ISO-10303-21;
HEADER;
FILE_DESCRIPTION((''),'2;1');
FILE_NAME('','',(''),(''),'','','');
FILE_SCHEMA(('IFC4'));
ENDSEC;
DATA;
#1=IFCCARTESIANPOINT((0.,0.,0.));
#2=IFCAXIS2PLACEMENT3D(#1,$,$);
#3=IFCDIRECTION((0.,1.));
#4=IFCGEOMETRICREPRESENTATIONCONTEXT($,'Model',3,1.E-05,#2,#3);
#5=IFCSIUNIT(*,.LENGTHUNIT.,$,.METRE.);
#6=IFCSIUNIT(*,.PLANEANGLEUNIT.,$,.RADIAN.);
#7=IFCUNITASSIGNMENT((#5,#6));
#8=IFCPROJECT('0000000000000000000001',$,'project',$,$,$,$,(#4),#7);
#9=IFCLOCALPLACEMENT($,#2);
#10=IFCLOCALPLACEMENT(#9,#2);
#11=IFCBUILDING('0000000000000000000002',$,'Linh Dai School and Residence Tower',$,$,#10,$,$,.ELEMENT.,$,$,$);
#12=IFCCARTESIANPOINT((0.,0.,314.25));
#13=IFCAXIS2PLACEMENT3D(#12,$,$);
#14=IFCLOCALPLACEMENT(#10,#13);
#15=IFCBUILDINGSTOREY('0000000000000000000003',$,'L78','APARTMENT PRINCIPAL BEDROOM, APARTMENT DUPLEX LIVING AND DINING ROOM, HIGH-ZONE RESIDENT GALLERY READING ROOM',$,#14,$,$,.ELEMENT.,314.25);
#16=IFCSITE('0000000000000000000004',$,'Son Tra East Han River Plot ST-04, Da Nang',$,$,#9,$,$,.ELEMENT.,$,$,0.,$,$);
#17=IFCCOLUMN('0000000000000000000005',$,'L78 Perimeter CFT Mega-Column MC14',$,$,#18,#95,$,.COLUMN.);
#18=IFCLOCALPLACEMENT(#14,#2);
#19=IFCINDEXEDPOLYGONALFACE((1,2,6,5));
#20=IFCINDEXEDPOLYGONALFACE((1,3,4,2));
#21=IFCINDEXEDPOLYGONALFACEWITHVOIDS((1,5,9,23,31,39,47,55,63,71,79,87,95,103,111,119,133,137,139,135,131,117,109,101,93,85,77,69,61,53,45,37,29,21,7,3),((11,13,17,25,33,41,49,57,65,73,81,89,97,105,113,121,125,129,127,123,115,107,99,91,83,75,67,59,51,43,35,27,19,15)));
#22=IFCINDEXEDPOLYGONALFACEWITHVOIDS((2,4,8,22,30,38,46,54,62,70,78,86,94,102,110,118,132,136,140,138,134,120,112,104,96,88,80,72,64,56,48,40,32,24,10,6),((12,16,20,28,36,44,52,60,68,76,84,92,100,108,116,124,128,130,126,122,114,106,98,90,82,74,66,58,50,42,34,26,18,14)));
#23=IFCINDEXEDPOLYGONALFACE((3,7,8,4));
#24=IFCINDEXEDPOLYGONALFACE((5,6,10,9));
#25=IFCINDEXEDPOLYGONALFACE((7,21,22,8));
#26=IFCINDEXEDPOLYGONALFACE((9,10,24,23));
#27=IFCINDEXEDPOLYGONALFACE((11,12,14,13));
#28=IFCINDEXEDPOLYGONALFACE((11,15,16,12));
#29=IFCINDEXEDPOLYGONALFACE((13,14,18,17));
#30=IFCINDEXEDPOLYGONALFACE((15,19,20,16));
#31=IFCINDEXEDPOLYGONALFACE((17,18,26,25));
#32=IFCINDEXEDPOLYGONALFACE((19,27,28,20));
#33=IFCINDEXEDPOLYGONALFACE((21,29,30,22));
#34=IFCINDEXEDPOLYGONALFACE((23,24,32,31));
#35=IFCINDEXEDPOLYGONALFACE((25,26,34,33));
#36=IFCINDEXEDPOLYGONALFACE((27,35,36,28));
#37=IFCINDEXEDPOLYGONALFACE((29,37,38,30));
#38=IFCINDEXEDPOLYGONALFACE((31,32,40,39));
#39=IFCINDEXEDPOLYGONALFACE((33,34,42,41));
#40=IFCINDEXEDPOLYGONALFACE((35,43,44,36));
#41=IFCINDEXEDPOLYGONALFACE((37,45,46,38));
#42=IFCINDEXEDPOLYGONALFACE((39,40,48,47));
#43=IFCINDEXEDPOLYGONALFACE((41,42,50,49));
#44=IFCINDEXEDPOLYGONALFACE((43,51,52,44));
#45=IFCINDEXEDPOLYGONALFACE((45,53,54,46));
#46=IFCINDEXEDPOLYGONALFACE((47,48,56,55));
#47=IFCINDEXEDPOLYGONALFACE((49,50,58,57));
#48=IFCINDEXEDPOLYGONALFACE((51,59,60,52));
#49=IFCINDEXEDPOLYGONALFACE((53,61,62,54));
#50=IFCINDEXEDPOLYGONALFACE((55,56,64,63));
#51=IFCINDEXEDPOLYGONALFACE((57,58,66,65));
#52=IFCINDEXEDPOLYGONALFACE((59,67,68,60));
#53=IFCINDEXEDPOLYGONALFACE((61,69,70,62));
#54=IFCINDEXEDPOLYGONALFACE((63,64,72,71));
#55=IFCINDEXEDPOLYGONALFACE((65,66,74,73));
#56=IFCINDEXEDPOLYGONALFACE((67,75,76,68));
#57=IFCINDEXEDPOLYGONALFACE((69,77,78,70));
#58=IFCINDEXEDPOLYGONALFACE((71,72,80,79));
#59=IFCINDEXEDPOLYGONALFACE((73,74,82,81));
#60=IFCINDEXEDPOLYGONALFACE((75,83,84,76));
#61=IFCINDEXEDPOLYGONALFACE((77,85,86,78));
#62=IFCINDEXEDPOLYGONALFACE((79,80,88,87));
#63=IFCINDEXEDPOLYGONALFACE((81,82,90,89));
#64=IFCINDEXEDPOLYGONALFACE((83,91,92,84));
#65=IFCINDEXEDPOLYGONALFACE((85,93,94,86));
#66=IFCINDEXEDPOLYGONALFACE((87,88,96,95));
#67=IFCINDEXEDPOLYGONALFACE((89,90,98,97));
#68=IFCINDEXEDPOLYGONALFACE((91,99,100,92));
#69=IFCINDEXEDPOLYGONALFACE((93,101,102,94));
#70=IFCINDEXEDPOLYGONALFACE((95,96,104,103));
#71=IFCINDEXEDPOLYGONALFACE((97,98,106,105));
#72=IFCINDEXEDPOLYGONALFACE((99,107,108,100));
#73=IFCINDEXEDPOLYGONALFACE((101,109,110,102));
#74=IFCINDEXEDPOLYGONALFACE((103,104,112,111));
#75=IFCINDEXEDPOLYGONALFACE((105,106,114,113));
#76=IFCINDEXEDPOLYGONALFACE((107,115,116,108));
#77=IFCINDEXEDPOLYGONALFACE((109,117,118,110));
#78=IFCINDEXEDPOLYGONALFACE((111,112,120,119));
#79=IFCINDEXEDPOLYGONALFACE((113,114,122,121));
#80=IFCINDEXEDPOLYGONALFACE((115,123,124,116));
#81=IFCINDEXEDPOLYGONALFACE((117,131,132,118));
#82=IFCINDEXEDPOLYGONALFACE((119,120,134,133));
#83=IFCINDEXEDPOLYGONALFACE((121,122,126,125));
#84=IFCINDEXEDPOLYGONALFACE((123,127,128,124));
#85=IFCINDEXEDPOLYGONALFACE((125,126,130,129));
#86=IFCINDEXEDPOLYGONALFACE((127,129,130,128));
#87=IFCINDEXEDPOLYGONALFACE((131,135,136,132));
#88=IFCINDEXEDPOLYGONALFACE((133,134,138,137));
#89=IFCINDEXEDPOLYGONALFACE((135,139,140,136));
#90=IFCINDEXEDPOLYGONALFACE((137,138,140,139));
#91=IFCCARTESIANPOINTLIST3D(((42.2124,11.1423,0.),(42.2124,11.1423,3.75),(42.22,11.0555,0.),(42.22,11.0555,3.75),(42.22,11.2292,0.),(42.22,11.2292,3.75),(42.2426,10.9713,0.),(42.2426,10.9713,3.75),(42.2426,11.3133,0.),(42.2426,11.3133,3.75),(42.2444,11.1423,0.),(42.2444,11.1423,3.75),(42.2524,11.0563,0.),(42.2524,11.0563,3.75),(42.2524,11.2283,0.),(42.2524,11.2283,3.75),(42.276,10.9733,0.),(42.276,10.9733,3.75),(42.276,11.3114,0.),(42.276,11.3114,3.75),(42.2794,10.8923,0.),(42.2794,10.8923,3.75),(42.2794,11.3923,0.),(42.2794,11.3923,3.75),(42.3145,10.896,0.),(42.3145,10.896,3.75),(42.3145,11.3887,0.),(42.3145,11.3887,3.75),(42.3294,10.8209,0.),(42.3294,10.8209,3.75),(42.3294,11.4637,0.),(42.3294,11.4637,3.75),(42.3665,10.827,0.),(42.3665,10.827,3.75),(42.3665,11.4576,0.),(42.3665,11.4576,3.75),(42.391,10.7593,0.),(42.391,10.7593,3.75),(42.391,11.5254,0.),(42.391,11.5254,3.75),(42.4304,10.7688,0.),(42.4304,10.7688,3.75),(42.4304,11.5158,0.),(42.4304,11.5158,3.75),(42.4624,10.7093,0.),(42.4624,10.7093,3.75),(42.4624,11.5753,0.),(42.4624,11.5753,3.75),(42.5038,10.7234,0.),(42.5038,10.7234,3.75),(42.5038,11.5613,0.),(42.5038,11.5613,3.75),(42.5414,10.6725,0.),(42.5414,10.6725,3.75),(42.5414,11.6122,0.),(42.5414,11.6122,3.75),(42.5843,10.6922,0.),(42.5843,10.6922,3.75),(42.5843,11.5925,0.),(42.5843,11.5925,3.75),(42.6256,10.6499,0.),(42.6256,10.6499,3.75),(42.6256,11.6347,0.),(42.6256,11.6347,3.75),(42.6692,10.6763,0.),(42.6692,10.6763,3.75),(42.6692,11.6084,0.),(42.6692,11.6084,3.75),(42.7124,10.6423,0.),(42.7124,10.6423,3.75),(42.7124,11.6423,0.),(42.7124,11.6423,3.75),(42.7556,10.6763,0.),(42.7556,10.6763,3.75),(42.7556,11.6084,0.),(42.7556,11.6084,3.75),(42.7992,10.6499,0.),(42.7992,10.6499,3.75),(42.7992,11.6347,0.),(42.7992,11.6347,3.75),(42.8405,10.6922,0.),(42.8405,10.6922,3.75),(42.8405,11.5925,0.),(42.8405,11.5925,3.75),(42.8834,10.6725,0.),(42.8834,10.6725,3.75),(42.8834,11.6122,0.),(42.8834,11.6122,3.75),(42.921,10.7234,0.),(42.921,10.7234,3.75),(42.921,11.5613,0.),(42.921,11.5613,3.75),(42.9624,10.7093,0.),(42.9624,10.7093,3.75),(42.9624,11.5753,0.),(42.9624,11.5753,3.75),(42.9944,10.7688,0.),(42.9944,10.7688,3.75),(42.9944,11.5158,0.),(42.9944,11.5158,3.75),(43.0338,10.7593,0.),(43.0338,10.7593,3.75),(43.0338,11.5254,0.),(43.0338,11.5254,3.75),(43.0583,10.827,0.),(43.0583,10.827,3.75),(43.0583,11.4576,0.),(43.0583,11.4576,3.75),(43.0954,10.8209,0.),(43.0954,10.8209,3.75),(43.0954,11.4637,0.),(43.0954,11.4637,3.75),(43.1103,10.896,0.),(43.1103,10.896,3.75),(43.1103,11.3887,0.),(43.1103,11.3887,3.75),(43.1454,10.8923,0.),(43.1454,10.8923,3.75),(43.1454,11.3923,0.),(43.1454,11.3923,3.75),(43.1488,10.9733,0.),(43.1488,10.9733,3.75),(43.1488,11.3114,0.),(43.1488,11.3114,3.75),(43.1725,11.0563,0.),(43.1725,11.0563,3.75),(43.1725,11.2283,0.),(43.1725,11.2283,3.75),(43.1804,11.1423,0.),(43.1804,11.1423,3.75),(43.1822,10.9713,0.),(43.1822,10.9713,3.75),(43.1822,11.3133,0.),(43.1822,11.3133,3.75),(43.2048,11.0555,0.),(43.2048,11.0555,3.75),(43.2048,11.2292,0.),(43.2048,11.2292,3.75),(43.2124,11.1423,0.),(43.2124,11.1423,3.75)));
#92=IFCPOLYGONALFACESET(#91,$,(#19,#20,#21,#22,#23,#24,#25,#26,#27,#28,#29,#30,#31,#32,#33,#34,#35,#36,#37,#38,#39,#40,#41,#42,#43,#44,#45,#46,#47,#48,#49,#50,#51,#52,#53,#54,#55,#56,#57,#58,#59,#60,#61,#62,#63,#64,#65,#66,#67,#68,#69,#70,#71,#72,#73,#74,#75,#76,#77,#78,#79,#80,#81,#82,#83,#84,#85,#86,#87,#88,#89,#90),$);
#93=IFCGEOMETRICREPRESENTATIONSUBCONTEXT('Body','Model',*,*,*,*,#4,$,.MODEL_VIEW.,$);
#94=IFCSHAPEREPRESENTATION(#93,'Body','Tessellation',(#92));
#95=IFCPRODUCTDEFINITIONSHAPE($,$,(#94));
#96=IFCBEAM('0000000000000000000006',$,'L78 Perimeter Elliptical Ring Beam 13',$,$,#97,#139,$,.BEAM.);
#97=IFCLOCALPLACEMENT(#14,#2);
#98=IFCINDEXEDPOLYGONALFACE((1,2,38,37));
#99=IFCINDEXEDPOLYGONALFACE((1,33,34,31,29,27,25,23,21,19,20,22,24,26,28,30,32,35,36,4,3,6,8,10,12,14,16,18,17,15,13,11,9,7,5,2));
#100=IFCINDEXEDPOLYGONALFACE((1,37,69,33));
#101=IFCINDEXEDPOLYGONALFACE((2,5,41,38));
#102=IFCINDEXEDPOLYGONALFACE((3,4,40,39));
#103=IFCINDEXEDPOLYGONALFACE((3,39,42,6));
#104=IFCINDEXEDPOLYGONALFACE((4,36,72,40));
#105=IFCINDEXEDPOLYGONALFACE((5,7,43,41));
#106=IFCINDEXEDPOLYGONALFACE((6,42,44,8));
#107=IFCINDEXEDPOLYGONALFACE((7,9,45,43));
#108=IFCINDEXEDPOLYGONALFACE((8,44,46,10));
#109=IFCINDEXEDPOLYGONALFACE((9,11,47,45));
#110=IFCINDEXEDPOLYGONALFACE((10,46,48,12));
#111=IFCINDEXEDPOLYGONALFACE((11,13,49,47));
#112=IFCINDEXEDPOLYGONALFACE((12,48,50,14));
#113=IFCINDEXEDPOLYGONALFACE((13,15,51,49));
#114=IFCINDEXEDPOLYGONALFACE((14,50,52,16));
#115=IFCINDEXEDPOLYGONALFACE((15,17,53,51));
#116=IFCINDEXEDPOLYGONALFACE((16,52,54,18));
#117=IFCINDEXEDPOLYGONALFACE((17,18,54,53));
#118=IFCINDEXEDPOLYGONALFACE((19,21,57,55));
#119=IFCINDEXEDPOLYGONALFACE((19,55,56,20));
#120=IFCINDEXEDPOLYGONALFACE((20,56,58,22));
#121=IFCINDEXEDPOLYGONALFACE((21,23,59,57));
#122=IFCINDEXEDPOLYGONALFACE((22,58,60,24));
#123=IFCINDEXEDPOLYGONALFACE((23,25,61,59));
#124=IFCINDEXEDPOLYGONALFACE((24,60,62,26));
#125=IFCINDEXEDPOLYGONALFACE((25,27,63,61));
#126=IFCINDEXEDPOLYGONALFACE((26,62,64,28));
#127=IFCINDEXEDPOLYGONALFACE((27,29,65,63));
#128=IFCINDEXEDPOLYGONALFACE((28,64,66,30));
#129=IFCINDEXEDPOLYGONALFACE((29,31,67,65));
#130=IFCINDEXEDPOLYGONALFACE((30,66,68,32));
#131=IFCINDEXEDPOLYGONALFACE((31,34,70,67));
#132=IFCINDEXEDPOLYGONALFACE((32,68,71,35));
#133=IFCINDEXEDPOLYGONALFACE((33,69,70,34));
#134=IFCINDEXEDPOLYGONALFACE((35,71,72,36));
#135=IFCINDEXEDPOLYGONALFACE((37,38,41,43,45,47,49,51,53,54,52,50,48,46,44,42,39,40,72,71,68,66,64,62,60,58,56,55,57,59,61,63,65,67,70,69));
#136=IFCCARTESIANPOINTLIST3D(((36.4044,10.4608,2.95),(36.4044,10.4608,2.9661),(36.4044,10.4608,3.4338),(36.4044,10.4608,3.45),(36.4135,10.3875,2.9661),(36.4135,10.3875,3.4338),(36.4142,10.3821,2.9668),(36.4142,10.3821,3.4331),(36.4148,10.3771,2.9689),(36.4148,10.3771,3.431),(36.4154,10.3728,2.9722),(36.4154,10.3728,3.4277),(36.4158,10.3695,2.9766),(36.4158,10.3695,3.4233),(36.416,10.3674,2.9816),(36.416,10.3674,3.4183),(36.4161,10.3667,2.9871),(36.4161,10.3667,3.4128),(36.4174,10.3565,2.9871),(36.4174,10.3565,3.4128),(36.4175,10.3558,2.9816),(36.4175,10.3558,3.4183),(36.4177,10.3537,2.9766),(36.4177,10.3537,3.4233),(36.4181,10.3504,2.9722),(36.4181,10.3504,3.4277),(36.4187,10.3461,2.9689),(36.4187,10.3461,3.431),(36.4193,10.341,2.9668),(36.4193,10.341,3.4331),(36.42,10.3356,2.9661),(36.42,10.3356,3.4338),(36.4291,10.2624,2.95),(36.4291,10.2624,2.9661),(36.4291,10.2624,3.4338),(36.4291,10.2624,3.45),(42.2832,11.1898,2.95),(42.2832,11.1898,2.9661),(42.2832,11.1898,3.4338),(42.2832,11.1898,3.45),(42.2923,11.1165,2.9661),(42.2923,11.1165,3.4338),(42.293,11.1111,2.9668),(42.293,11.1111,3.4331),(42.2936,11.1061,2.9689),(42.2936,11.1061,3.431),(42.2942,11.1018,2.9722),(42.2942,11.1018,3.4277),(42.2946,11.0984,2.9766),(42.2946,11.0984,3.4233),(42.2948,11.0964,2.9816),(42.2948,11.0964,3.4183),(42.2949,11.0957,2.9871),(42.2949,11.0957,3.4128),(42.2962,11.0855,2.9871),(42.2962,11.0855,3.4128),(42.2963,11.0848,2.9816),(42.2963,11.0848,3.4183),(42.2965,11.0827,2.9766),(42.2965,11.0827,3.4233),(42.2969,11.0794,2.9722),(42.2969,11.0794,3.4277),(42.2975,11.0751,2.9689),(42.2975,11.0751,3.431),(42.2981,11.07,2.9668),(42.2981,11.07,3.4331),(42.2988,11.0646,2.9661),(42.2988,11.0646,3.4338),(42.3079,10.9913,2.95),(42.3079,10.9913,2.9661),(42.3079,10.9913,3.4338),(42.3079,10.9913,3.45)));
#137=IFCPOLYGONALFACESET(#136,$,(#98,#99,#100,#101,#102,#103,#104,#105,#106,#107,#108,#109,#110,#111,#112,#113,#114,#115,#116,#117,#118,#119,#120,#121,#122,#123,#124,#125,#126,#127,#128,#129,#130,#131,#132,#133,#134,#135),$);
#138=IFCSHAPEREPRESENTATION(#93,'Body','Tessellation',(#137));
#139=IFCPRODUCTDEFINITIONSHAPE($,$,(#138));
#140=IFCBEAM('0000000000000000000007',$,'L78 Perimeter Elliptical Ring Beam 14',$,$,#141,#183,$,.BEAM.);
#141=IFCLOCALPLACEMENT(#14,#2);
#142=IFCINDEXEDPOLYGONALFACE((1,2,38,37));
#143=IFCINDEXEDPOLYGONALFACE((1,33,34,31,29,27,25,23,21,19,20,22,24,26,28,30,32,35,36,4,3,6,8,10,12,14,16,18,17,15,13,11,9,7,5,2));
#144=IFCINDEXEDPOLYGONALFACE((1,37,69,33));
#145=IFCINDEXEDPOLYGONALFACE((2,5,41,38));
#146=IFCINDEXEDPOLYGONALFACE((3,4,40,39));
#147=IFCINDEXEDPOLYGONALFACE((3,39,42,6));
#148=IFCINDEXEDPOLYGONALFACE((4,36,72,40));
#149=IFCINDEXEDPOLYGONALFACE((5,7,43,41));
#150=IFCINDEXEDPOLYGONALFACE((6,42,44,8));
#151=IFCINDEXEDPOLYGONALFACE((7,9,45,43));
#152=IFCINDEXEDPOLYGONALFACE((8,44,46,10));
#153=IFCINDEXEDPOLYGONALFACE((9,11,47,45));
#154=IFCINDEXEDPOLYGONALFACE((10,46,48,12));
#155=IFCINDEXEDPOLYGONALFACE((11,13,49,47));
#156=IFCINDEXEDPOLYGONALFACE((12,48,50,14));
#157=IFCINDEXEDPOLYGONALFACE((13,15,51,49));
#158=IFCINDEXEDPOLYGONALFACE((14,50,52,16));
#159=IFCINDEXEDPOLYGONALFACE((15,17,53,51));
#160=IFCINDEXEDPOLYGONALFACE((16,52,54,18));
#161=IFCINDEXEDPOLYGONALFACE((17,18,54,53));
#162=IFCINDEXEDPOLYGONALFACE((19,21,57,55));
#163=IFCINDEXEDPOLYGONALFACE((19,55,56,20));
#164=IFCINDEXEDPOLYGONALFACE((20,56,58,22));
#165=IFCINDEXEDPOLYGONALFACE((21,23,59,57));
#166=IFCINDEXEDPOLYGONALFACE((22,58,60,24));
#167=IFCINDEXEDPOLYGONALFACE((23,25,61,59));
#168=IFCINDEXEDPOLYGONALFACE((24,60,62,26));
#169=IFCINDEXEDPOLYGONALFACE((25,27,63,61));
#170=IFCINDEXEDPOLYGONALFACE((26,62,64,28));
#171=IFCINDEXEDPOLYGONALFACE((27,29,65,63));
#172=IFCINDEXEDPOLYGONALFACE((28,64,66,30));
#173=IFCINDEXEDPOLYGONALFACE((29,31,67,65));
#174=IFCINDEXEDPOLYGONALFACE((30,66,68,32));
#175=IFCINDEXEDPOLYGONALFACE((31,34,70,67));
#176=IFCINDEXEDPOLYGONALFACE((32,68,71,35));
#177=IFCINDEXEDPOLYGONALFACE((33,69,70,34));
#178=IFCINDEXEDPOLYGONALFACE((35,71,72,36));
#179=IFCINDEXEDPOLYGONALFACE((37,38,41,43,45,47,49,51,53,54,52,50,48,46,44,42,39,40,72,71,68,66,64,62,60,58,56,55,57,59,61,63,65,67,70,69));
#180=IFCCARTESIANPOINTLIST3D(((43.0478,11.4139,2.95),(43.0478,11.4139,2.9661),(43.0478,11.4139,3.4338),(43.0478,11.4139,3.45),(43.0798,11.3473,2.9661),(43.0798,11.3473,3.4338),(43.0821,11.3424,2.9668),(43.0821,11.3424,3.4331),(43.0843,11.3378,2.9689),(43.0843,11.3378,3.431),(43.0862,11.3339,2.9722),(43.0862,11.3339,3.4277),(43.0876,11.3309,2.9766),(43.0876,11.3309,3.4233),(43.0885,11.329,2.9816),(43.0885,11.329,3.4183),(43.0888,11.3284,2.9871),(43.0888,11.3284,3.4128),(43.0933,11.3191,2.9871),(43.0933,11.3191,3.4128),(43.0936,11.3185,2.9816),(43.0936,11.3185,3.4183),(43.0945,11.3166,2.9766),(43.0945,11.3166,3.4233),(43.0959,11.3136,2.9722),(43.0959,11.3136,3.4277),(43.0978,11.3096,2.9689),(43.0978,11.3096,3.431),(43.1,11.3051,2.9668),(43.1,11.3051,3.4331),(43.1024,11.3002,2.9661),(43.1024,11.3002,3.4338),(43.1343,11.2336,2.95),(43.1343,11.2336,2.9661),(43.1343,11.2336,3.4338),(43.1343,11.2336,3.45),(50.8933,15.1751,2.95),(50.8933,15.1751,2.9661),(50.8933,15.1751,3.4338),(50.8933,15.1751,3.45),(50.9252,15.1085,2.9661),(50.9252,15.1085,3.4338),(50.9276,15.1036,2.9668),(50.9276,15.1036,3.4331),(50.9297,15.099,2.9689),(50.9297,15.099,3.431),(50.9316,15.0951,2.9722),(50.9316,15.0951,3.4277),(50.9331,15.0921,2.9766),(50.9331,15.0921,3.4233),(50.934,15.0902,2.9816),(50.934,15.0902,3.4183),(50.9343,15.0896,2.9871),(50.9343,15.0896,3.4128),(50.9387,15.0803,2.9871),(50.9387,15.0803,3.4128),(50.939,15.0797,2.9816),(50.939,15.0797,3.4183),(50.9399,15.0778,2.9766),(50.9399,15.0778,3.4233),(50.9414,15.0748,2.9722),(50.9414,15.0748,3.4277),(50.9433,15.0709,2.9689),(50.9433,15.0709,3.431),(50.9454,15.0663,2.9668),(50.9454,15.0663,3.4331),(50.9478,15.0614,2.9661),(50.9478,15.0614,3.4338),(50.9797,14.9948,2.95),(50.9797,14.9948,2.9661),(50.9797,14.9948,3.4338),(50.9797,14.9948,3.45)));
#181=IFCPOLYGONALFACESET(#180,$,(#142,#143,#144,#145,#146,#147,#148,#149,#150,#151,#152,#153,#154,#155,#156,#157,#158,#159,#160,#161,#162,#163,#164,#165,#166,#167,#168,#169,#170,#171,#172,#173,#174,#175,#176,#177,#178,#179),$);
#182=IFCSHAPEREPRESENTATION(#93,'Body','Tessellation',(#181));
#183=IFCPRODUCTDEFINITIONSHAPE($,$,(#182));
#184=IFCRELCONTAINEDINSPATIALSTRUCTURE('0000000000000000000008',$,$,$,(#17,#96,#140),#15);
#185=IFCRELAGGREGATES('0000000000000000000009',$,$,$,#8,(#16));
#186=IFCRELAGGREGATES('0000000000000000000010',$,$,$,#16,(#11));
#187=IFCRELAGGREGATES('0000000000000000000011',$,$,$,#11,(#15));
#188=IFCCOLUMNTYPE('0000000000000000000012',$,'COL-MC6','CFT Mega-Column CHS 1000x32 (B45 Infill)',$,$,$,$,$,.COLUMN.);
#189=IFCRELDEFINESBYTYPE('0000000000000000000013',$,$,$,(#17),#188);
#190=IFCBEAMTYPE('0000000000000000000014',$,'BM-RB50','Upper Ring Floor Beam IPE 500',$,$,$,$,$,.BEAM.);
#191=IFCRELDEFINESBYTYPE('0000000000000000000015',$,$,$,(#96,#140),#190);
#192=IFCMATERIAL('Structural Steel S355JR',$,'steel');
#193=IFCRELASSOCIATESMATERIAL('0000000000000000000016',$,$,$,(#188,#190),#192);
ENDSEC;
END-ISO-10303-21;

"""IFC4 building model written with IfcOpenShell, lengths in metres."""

from ifc_helpers import new_model, si_unit, direction, frame, origin, origin_2d, place, context, subcontext, project, spatial, hollow_circle, i_section, extrude, material, material_profile, profile_set, type_object, element, save


model = new_model("IFC4")

# Units and contexts
model_context = context("Model", 3, precision=1e-05, world=origin(), true_north=direction((0.0, 1.0)))
body_context = subcontext(model_context, "Body", "Model", "MODEL_VIEW")
ifc_project = project(units=[si_unit("LENGTHUNIT", "METRE"), si_unit("PLANEANGLEUNIT", "RADIAN")], contexts=[model_context])

# Site, building, storey
site_placement = place(None, origin())
site = spatial("IfcSite", under=ifc_project, at=site_placement, Name="Son Tra East Han River Plot ST-04, Da Nang", CompositionType="ELEMENT", RefElevation=0.0)
building_placement = place(site_placement, origin())
building = spatial("IfcBuilding", under=site, at=building_placement, Name="Linh Dai School and Residence Tower", CompositionType="ELEMENT")
storey_placement = place(building_placement, frame((0.0, 0.0, 314.25)))
storey = spatial("IfcBuildingStorey", under=building, at=storey_placement, Name="L78", Description="APARTMENT PRINCIPAL BEDROOM, APARTMENT DUPLEX LIVING AND DINING ROOM, HIGH-ZONE RESIDENT GALLERY READING ROOM", CompositionType="ELEMENT", Elevation=314.25)

# Column
ifc_material_1 = material(Name="Structural Steel S355JR", Category="steel")
ifc_material_profile_1 = material_profile(ifc_material_1, hollow_circle(Radius=0.5, WallThickness=0.032, at=origin_2d()), Name="CHS 1000x32")
ifc_profile_set_1 = profile_set([ifc_material_profile_1], Name="Structural Steel S355JR")
column_type = type_object("IfcColumnType", Name="COL-MC6", Description="CFT Mega-Column CHS 1000x32 (B45 Infill)", PredefinedType="COLUMN", material=ifc_profile_set_1)
column_placement = place(storey_placement, frame((42.7124, 11.1423, 0.0), z_axis=(0.0, 0.0, 1.0), x_axis=(1.0, 0.0, 0.0)))
element("IfcColumn", 1, at=column_placement, inside=storey, type_object=column_type, Name="L78 Perimeter CFT Mega-Column MC14", PredefinedType="COLUMN", context=body_context, shape_type="SweptSolid", body=[
    extrude(hollow_circle(Radius=0.5, WallThickness=0.032, at=origin_2d()), origin(), (0.0, 0.0, 1.0), 3.75),
])

# Beams
ifc_material_profile_2 = material_profile(ifc_material_1, i_section(OverallWidth=0.2, OverallDepth=0.5, WebThickness=0.0103, FlangeThickness=0.0161, FilletRadius=0.021, at=origin_2d()), Name="IPE 500")
ifc_profile_set_2 = profile_set([ifc_material_profile_2], Name="Structural Steel S355JR")
beam_type_1 = type_object("IfcBeamType", Name="BM-RB50", Description="Upper Ring Floor Beam IPE 500", PredefinedType="BEAM", material=ifc_profile_set_2)
beam_1_placement = place(storey_placement, frame((36.4167, 10.3616, 3.2), z_axis=(0.992399, 0.123061, 0.0), x_axis=(-0.123061, 0.992399, 0.0)))
element("IfcBeam", 2, at=beam_1_placement, inside=storey, type_object=beam_type_1, Name="L78 Perimeter Elliptical Ring Beam 13", PredefinedType="BEAM", context=body_context, shape_type="SweptSolid", body=[
    extrude(i_section(OverallWidth=0.2, OverallDepth=0.5, WebThickness=0.0103, FlangeThickness=0.0161, FilletRadius=0.021, at=origin_2d()), origin(), (0.0, 0.0, 1.0), 5.9238),
])
beam_2_placement = place(storey_placement, frame((43.0911, 11.3237, 3.2), z_axis=(0.901729, 0.432302, 0.0), x_axis=(-0.432302, 0.901729, 0.0)))
element("IfcBeam", 3, at=beam_2_placement, inside=storey, type_object=beam_type_1, Name="L78 Perimeter Elliptical Ring Beam 14", PredefinedType="BEAM", context=body_context, shape_type="SweptSolid", body=[
    extrude(i_section(OverallWidth=0.2, OverallDepth=0.5, WebThickness=0.0103, FlangeThickness=0.0161, FilletRadius=0.021, at=origin_2d()), origin(), (0.0, 0.0, 1.0), 8.7004),
])

save(model, "model.ifc")
